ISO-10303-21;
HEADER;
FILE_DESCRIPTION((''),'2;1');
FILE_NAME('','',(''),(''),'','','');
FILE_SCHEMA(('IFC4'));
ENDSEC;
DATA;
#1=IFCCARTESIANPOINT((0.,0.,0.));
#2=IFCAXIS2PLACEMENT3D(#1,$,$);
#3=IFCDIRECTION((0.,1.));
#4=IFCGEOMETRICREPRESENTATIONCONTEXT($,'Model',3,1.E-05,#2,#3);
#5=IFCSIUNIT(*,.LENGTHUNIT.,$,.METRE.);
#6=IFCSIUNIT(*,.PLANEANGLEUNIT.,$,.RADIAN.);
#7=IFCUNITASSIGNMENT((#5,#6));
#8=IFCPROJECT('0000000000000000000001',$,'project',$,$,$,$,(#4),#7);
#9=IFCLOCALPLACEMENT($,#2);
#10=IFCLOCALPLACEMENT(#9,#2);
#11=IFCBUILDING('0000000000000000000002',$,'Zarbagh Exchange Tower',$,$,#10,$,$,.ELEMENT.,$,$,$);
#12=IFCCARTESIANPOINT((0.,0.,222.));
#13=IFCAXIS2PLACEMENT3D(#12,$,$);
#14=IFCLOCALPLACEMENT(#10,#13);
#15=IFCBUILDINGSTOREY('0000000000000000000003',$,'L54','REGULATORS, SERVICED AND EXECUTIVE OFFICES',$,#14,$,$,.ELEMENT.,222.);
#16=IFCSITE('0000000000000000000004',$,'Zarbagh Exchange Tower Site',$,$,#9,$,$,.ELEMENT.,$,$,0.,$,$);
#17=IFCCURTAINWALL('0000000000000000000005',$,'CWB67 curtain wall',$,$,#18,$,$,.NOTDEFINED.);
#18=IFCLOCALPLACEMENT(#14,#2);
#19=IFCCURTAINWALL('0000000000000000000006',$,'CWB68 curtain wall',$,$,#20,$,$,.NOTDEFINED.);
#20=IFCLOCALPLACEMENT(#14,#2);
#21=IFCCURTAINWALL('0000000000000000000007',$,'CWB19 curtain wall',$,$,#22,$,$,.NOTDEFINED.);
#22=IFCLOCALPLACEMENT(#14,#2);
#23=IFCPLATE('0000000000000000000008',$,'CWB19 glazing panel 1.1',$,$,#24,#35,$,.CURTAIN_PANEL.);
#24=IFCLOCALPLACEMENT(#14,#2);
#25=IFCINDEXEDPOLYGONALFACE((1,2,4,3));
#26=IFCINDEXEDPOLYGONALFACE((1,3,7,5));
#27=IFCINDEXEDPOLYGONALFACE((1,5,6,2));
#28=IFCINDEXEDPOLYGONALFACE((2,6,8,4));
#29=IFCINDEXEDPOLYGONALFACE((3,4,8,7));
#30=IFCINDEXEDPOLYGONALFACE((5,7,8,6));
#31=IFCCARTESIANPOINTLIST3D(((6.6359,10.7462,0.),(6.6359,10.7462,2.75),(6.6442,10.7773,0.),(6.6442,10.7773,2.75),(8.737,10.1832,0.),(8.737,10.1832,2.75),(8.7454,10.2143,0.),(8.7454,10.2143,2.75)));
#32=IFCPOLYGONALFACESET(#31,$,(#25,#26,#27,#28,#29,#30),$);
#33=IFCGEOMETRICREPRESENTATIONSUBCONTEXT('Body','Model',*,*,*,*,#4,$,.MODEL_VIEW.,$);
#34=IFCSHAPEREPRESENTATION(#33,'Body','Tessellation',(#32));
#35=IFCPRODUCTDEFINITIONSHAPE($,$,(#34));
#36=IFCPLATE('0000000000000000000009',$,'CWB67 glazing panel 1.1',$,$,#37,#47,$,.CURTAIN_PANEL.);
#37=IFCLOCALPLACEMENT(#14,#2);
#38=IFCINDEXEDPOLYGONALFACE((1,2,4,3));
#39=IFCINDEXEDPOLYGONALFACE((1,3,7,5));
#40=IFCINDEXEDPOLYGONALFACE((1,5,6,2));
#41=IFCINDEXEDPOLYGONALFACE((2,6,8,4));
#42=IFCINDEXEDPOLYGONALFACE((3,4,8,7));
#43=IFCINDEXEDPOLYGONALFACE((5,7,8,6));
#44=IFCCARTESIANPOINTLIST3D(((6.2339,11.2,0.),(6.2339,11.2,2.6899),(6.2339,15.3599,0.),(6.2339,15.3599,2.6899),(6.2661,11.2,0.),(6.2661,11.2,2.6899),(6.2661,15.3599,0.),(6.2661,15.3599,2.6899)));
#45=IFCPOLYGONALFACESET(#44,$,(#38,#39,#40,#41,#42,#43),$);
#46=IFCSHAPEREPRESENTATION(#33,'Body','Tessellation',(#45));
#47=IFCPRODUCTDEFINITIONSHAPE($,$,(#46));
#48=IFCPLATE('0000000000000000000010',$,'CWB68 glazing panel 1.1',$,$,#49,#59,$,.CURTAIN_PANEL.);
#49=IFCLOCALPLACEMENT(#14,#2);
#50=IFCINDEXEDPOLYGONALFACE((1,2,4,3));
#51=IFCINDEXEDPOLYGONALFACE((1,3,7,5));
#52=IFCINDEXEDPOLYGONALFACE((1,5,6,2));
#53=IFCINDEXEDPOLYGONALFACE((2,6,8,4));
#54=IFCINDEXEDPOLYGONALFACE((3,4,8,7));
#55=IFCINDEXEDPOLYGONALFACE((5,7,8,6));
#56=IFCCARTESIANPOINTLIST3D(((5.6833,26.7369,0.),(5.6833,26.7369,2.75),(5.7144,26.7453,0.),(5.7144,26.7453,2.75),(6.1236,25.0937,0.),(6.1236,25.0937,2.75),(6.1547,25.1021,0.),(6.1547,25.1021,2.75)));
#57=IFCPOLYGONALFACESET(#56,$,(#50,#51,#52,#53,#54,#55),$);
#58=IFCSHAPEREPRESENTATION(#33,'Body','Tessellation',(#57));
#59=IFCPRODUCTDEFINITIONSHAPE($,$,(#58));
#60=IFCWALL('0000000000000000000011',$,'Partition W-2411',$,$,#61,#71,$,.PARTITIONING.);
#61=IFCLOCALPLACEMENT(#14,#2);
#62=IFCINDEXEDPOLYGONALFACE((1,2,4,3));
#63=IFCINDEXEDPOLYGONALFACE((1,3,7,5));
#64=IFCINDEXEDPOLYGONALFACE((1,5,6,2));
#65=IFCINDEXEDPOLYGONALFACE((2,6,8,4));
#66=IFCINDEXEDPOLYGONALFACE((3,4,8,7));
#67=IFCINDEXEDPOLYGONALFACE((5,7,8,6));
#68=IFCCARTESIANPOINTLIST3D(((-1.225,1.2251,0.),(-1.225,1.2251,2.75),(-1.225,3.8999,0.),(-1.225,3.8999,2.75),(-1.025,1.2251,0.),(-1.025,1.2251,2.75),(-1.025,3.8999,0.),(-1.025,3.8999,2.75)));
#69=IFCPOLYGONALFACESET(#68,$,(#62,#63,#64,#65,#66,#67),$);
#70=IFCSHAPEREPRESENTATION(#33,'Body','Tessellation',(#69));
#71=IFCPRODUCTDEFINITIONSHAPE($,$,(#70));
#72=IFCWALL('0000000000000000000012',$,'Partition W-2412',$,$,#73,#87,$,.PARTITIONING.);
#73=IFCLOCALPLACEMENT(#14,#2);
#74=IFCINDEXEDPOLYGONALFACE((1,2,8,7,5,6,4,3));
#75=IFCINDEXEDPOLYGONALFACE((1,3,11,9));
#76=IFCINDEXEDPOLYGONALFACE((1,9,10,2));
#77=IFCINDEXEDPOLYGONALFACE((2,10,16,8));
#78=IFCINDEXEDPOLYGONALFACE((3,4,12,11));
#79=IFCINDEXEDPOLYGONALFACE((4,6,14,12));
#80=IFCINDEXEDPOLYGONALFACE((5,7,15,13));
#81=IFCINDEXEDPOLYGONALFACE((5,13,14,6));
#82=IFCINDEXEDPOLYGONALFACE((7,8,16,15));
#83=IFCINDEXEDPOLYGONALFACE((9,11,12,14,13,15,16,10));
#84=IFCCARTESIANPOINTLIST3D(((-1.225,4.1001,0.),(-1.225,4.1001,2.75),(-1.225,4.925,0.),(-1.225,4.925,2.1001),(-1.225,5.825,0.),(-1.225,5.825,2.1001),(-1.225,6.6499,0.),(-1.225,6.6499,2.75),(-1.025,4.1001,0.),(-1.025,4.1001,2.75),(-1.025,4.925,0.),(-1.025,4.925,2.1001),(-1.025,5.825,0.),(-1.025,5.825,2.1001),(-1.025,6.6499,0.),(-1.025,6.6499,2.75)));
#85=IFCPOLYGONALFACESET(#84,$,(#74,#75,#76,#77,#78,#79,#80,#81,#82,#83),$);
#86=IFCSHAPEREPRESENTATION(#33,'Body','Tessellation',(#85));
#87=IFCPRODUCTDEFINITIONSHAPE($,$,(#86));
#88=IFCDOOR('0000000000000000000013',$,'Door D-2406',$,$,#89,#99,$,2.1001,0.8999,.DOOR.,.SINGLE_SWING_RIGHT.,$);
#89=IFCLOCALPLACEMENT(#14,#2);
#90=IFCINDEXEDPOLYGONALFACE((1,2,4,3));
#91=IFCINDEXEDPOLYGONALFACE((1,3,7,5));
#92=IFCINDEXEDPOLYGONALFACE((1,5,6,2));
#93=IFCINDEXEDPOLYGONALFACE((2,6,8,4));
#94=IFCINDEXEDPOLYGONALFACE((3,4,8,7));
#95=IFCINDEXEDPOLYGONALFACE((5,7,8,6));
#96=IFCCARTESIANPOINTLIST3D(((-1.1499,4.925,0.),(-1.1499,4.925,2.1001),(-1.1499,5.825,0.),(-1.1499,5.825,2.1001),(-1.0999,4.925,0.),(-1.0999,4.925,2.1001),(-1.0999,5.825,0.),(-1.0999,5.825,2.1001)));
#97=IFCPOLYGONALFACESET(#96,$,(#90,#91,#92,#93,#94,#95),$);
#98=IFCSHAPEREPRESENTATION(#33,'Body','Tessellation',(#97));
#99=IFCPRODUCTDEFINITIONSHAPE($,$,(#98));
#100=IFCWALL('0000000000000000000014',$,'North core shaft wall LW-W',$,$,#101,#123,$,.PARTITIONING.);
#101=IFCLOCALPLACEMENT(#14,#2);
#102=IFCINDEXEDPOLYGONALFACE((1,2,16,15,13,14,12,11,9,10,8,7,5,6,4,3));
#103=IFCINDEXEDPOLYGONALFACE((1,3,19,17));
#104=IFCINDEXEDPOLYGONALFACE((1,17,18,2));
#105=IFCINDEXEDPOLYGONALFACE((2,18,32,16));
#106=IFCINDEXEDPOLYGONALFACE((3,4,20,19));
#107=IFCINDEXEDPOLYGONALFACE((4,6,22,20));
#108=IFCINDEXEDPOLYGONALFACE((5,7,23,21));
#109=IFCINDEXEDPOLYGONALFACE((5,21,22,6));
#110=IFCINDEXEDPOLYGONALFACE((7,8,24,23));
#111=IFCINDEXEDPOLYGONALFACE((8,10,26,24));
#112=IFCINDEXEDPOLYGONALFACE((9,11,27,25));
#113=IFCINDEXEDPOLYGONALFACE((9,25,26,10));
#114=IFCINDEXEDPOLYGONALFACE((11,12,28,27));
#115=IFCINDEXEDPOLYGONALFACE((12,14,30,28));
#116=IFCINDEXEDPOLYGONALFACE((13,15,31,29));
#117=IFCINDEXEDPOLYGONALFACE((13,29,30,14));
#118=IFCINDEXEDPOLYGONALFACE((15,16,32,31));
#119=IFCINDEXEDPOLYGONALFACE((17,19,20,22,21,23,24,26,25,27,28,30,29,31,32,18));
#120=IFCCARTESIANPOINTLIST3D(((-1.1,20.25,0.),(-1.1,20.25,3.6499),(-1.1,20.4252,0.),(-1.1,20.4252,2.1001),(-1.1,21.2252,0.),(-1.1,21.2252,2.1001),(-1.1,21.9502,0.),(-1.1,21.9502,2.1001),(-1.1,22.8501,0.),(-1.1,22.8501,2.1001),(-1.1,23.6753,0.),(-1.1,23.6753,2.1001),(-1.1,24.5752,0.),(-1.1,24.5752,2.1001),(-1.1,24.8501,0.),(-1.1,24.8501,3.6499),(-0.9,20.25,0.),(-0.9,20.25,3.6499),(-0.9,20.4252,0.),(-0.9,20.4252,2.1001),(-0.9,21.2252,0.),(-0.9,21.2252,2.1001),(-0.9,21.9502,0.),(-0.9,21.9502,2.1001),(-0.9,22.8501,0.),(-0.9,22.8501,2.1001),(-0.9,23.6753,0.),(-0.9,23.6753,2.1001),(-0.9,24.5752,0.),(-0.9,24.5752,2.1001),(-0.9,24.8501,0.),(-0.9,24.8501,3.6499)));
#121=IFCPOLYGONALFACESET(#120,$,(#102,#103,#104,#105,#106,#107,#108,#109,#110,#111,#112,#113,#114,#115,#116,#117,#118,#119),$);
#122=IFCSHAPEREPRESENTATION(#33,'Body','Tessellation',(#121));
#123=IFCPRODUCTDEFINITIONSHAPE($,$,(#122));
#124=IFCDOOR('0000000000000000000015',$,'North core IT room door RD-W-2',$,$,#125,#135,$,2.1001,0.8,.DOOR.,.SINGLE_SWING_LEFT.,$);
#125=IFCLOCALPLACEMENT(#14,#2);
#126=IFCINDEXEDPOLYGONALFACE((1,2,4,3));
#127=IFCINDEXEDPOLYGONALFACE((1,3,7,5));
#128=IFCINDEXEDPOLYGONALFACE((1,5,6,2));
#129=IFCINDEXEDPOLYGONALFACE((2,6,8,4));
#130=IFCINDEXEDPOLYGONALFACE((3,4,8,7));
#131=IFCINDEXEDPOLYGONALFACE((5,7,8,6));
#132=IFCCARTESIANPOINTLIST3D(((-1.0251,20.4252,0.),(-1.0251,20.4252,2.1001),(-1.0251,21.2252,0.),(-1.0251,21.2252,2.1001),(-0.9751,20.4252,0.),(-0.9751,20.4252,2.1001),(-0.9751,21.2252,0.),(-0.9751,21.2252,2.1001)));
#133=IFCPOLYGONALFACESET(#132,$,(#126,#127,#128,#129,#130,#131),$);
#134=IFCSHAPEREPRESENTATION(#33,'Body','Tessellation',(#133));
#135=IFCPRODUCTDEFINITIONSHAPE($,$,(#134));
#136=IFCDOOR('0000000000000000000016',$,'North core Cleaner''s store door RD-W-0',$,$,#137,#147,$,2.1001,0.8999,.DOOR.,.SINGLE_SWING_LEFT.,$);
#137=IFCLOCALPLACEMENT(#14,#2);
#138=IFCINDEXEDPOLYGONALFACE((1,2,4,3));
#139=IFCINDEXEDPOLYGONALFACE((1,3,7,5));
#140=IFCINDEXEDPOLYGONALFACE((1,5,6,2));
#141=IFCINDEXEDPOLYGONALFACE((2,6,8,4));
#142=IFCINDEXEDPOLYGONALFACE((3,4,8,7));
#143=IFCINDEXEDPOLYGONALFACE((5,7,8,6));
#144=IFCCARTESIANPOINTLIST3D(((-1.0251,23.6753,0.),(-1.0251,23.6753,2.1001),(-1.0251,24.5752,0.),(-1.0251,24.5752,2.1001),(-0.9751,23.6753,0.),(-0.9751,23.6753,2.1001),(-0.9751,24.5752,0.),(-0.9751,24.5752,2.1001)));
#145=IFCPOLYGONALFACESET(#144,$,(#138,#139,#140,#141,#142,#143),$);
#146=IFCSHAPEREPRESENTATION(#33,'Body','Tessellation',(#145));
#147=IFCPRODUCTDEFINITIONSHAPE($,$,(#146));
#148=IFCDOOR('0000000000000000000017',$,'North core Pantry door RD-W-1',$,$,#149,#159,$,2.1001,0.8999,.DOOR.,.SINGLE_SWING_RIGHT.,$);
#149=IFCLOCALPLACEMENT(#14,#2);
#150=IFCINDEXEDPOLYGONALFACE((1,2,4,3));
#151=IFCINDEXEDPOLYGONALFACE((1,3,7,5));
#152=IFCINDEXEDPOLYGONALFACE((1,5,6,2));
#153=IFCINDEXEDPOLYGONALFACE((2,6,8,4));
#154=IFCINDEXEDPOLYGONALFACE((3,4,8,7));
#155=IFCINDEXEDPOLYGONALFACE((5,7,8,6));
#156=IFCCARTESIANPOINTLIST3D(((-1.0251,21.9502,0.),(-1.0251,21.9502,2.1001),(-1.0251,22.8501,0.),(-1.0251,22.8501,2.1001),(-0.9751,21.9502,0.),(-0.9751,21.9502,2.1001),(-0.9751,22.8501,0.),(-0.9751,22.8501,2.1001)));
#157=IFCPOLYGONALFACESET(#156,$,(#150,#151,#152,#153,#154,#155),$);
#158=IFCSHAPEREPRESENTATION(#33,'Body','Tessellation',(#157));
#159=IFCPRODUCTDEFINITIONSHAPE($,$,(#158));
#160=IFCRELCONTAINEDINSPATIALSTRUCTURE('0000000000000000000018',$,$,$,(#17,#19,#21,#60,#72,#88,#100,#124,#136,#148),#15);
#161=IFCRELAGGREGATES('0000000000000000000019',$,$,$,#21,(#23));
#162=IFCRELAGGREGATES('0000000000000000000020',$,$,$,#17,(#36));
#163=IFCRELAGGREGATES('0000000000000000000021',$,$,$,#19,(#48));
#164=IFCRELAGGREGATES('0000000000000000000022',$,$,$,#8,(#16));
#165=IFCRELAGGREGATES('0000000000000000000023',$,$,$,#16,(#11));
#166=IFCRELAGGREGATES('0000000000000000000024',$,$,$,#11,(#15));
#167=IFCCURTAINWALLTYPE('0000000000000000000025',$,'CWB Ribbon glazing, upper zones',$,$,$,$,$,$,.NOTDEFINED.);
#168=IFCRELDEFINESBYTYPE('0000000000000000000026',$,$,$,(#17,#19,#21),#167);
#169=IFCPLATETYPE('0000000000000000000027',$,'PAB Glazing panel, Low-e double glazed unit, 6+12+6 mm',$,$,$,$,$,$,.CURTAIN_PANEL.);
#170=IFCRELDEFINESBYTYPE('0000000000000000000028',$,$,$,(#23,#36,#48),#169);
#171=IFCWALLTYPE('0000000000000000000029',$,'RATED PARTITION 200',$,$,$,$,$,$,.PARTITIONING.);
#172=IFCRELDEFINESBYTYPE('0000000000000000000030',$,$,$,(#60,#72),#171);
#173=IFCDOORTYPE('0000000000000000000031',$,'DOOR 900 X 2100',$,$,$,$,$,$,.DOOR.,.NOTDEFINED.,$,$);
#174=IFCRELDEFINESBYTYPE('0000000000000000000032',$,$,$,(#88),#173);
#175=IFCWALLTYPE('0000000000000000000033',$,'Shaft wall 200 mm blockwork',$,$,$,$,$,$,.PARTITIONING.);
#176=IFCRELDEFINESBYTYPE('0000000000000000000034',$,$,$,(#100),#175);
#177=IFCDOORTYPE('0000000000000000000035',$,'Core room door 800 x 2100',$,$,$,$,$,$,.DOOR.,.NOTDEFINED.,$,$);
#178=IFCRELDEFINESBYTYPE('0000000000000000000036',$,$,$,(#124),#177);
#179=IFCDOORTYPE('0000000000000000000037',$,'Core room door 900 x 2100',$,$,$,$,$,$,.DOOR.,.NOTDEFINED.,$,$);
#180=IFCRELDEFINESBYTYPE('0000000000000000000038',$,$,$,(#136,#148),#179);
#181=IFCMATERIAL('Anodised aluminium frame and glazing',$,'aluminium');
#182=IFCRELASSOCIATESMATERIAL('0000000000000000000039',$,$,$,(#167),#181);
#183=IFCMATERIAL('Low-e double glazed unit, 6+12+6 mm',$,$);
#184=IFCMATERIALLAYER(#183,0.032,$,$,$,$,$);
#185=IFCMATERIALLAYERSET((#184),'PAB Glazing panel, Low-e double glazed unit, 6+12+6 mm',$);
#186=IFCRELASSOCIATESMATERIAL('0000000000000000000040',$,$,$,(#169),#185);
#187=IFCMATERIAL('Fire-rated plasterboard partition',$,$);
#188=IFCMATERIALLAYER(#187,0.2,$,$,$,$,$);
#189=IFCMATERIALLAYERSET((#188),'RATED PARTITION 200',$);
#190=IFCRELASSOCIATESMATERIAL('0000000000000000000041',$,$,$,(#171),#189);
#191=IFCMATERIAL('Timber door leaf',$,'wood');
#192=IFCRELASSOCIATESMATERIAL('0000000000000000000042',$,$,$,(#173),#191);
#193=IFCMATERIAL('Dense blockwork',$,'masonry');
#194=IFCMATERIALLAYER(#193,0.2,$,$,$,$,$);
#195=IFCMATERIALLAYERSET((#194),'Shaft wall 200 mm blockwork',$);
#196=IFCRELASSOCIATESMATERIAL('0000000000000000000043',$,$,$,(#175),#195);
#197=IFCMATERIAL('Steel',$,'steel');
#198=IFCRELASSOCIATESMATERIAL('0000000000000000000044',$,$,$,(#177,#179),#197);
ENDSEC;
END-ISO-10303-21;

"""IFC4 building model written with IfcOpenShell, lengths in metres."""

from ifc_helpers import new_model, si_unit, direction, frame, frame_2d, origin, place, context, subcontext, project, spatial, polyline, rectangle, outline, extrude, source, transform, mapped, material, layer, layer_set, type_object, element, fill, aggregate, save


model = new_model("IFC4")

# Units and contexts
model_context = context("Model", 3, precision=1e-05, world=origin(), true_north=direction((0.0, 1.0)))
body_context = subcontext(model_context, "Body", "Model", "MODEL_VIEW")
ifc_project = project(units=[si_unit("LENGTHUNIT", "METRE"), si_unit("PLANEANGLEUNIT", "RADIAN")], contexts=[model_context])

# Site, building, storey
site_placement = place(None, origin())
site = spatial("IfcSite", under=ifc_project, at=site_placement, Name="Zarbagh Exchange Tower Site", CompositionType="ELEMENT", RefElevation=0.0)
building_placement = place(site_placement, origin())
building = spatial("IfcBuilding", under=site, at=building_placement, Name="Zarbagh Exchange Tower", CompositionType="ELEMENT")
storey_placement = place(building_placement, frame((0.0, 0.0, 222.0)))
storey = spatial("IfcBuildingStorey", under=building, at=storey_placement, Name="L54", Description="REGULATORS, SERVICED AND EXECUTIVE OFFICES", CompositionType="ELEMENT", Elevation=222.0)

# Shared definitions
ifc_material_1 = material(Name="Anodised aluminium frame and glazing", Category="aluminium")
curtain_wall_type = type_object("IfcCurtainWallType", Name="CWB Ribbon glazing, upper zones", PredefinedType="NOTDEFINED", material=ifc_material_1)
placement = place(storey_placement, origin())

# Curtain wall
curtain_wall_1_placement = place(storey_placement, origin())
curtain_wall_1 = element("IfcCurtainWall", 1, at=curtain_wall_1_placement, inside=storey, type_object=curtain_wall_type, Name="CWB67 curtain wall", PredefinedType="NOTDEFINED")

# Curtain wall
curtain_wall_2_placement = place(storey_placement, origin())
curtain_wall_2 = element("IfcCurtainWall", 2, at=curtain_wall_2_placement, inside=storey, type_object=curtain_wall_type, Name="CWB68 curtain wall", PredefinedType="NOTDEFINED")

# Shared definitions
ifc_material_2 = material(Name="Low-e double glazed unit, 6+12+6 mm")
ifc_layer_1 = layer(ifc_material_2, 0.032)
ifc_layer_set_1 = layer_set([ifc_layer_1], Name="PAB Glazing panel, Low-e double glazed unit, 6+12+6 mm")
plate_type = type_object("IfcPlateType", Name="PAB Glazing panel, Low-e double glazed unit, 6+12+6 mm", PredefinedType="CURTAIN_PANEL", material=ifc_layer_set_1)

# Curtain wall, plate
curtain_wall_3_placement = place(storey_placement, origin())
curtain_wall_3 = element("IfcCurtainWall", 3, at=curtain_wall_3_placement, inside=storey, type_object=curtain_wall_type, Name="CWB19 curtain wall", PredefinedType="NOTDEFINED")
shared_shape_1 = source(origin(), body_context, "Body", "SweptSolid", [
    extrude(outline(polyline([(0.0, -0.0161), (2.1753, -0.0161), (2.1753, 0.0161), (0.0, 0.0161), (0.0, -0.0161)])), origin(), (0.0, 0.0, 1.0), 2.75),
])
plate_1 = element("IfcPlate", 4, at=placement, type_object=plate_type, Name="CWB19 glazing panel 1.1", PredefinedType="CURTAIN_PANEL", context=body_context, shape_type="MappedRepresentation", body=[
    mapped(shared_shape_1, transform((8.7412, 10.1987, 0.0), x_axis=(-0.965924, 0.258825, 0.0), y_axis=(-0.258825, -0.965924, 0.0), z_axis=(0.0, 0.0, 1.0))),
])
aggregate(curtain_wall_3, [plate_1])

# Plates
shared_shape_2 = source(origin(), body_context, "Body", "SweptSolid", [
    extrude(outline(polyline([(0.0, -0.0161), (4.1599, -0.0161), (4.1599, 0.0161), (0.0, 0.0161), (0.0, -0.0161)])), origin(), (0.0, 0.0, 1.0), 2.6899),
])
plate_2 = element("IfcPlate", 5, at=placement, type_object=plate_type, Name="CWB67 glazing panel 1.1", PredefinedType="CURTAIN_PANEL", context=body_context, shape_type="MappedRepresentation", body=[
    mapped(shared_shape_2, transform((6.25, 11.2, 0.0), x_axis=(0.0, 1.0, 0.0), y_axis=(-1.0, 0.0, 0.0), z_axis=(0.0, 0.0, 1.0))),
])
aggregate(curtain_wall_1, [plate_2])
shared_shape_3 = source(origin(), body_context, "Body", "SweptSolid", [
    extrude(outline(polyline([(0.0, -0.0161), (1.7012, -0.0161), (1.7012, 0.0161), (0.0, 0.0161), (0.0, -0.0161)])), origin(), (0.0, 0.0, 1.0), 2.75),
])
plate_3 = element("IfcPlate", 6, at=placement, type_object=plate_type, Name="CWB68 glazing panel 1.1", PredefinedType="CURTAIN_PANEL", context=body_context, shape_type="MappedRepresentation", body=[
    mapped(shared_shape_3, transform((6.1392, 25.0979, 0.0), x_axis=(-0.258825, 0.965924, 0.0), y_axis=(-0.965924, -0.258825, 0.0), z_axis=(0.0, 0.0, 1.0))),
])
aggregate(curtain_wall_2, [plate_3])

# Wall
ifc_material_3 = material(Name="Fire-rated plasterboard partition")
ifc_layer_2 = layer(ifc_material_3, 0.2)
ifc_layer_set_2 = layer_set([ifc_layer_2], Name="RATED PARTITION 200")
wall_type_1 = type_object("IfcWallType", Name="RATED PARTITION 200", PredefinedType="PARTITIONING", material=ifc_layer_set_2)
wall_1_placement = place(storey_placement, frame((-1.125, 1.2251, 0.0), z_axis=(0.0, 0.0, 1.0), x_axis=(0.0, 1.0, 0.0)))
element("IfcWall", 7, at=wall_1_placement, inside=storey, type_object=wall_type_1, Name="Partition W-2411", PredefinedType="PARTITIONING", context=body_context, shape_type="SweptSolid", body=[
    extrude(rectangle(XDim=2.6748, YDim=0.2, at=frame_2d((1.3374, 0.0))), origin(), (0.0, 0.0, 1.0), 2.75),
])

# Wall, opening, door
wall_2_placement = place(storey_placement, frame((-1.125, 4.1001, 0.0), z_axis=(0.0, 0.0, 1.0), x_axis=(0.0, 1.0, 0.0)))
wall_2 = element("IfcWall", 8, at=wall_2_placement, inside=storey, type_object=wall_type_1, Name="Partition W-2412", PredefinedType="PARTITIONING", context=body_context, shape_type="SweptSolid", body=[
    extrude(rectangle(XDim=2.5498, YDim=0.2, at=frame_2d((1.2749, 0.0))), origin(), (0.0, 0.0, 1.0), 2.75),
])
opening_1_placement = place(wall_2_placement, frame((0.825, 0.0, 0.0)))
opening_1 = element("IfcOpeningElement", 9, at=opening_1_placement, cuts=wall_2, PredefinedType="OPENING", context=body_context, shape_type="SweptSolid", body=[
    extrude(rectangle(XDim=0.8999, YDim=2.1001, at=frame_2d((0.45, 1.05))), frame((0.0, 0.1099, 0.0), z_axis=(0.0, -1.0, 0.0), x_axis=(1.0, 0.0, 0.0)), (0.0, 0.0, 1.0), 0.22),
])
ifc_material_4 = material(Name="Timber door leaf", Category="wood")
door_type_1 = type_object("IfcDoorType", Name="DOOR 900 X 2100", OperationType="NOTDEFINED", PredefinedType="DOOR", material=ifc_material_4)
door_1_placement = place(opening_1_placement, origin())
door_1 = element("IfcDoor", 10, at=door_1_placement, inside=storey, type_object=door_type_1, Name="Door D-2406", OperationType="SINGLE_SWING_RIGHT", OverallHeight=2.1001, OverallWidth=0.8999, PredefinedType="DOOR", context=body_context, shape_type="SweptSolid", body=[
    extrude(rectangle(XDim=0.8999, YDim=2.1001, at=frame_2d((0.45, 1.05))), frame((0.0, 0.0249, 0.0), z_axis=(0.0, -1.0, 0.0), x_axis=(1.0, 0.0, 0.0)), (0.0, 0.0, 1.0), 0.05),
])
fill(opening_1, door_1)

# Wall, openings, doors
ifc_material_5 = material(Name="Dense blockwork", Category="masonry")
ifc_layer_3 = layer(ifc_material_5, 0.2)
ifc_layer_set_3 = layer_set([ifc_layer_3], Name="Shaft wall 200 mm blockwork")
wall_type_2 = type_object("IfcWallType", Name="Shaft wall 200 mm blockwork", PredefinedType="PARTITIONING", material=ifc_layer_set_3)
wall_3_placement = place(storey_placement, frame((-1.0, 24.8501, 0.0), z_axis=(0.0, 0.0, 1.0), x_axis=(0.0, -1.0, 0.0)))
wall_3 = element("IfcWall", 11, at=wall_3_placement, inside=storey, type_object=wall_type_2, Name="North core shaft wall LW-W", PredefinedType="PARTITIONING", context=body_context, shape_type="SweptSolid", body=[
    extrude(rectangle(XDim=4.6001, YDim=0.2, at=frame_2d((2.3, 0.0))), origin(), (0.0, 0.0, 1.0), 3.6499),
])
opening_2_placement = place(wall_3_placement, frame((0.2749, 0.0, 0.0)))
opening_2 = element("IfcOpeningElement", 12, at=opening_2_placement, cuts=wall_3, PredefinedType="OPENING", context=body_context, shape_type="SweptSolid", body=[
    extrude(rectangle(XDim=0.8999, YDim=2.1001, at=frame_2d((0.45, 1.05))), frame((0.0, 0.1099, 0.0), z_axis=(0.0, -1.0, 0.0), x_axis=(1.0, 0.0, 0.0)), (0.0, 0.0, 1.0), 0.22),
])
opening_3_placement = place(wall_3_placement, frame((2.0, 0.0, 0.0)))
opening_3 = element("IfcOpeningElement", 13, at=opening_3_placement, cuts=wall_3, PredefinedType="OPENING", context=body_context, shape_type="SweptSolid", body=[
    extrude(rectangle(XDim=0.8999, YDim=2.1001, at=frame_2d((0.45, 1.05))), frame((0.0, 0.1099, 0.0), z_axis=(0.0, -1.0, 0.0), x_axis=(1.0, 0.0, 0.0)), (0.0, 0.0, 1.0), 0.22),
])
opening_4_placement = place(wall_3_placement, frame((3.625, 0.0, 0.0)))
opening_4 = element("IfcOpeningElement", 14, at=opening_4_placement, cuts=wall_3, PredefinedType="OPENING", context=body_context, shape_type="SweptSolid", body=[
    extrude(rectangle(XDim=0.8, YDim=2.1001, at=frame_2d((0.3999, 1.05))), frame((0.0, 0.1099, 0.0), z_axis=(0.0, -1.0, 0.0), x_axis=(1.0, 0.0, 0.0)), (0.0, 0.0, 1.0), 0.22),
])
ifc_material_6 = material(Name="Steel", Category="steel")
door_type_2 = type_object("IfcDoorType", Name="Core room door 800 x 2100", OperationType="NOTDEFINED", PredefinedType="DOOR", material=ifc_material_6)
door_2_placement = place(opening_4_placement, origin())
door_2 = element("IfcDoor", 15, at=door_2_placement, inside=storey, type_object=door_type_2, Name="North core IT room door RD-W-2", OperationType="SINGLE_SWING_LEFT", OverallHeight=2.1001, OverallWidth=0.8, PredefinedType="DOOR", context=body_context, shape_type="SweptSolid", body=[
    extrude(rectangle(XDim=0.8, YDim=2.1001, at=frame_2d((0.3999, 1.05))), frame((0.0, 0.0249, 0.0), z_axis=(0.0, -1.0, 0.0), x_axis=(1.0, 0.0, 0.0)), (0.0, 0.0, 1.0), 0.05),
])
fill(opening_4, door_2)
door_type_3 = type_object("IfcDoorType", Name="Core room door 900 x 2100", OperationType="NOTDEFINED", PredefinedType="DOOR", material=ifc_material_6)
door_3_placement = place(opening_2_placement, origin())
door_3 = element("IfcDoor", 16, at=door_3_placement, inside=storey, type_object=door_type_3, Name="North core Cleaner's store door RD-W-0", OperationType="SINGLE_SWING_LEFT", OverallHeight=2.1001, OverallWidth=0.8999, PredefinedType="DOOR", context=body_context, shape_type="SweptSolid", body=[
    extrude(rectangle(XDim=0.8999, YDim=2.1001, at=frame_2d((0.45, 1.05))), frame((0.0, 0.0249, 0.0), z_axis=(0.0, -1.0, 0.0), x_axis=(1.0, 0.0, 0.0)), (0.0, 0.0, 1.0), 0.05),
])
fill(opening_2, door_3)
door_4_placement = place(opening_3_placement, origin())
door_4 = element("IfcDoor", 17, at=door_4_placement, inside=storey, type_object=door_type_3, Name="North core Pantry door RD-W-1", OperationType="SINGLE_SWING_RIGHT", OverallHeight=2.1001, OverallWidth=0.8999, PredefinedType="DOOR", context=body_context, shape_type="SweptSolid", body=[
    extrude(rectangle(XDim=0.8999, YDim=2.1001, at=frame_2d((0.45, 1.05))), frame((0.0, 0.0249, 0.0), z_axis=(0.0, -1.0, 0.0), x_axis=(1.0, 0.0, 0.0)), (0.0, 0.0, 1.0), 0.05),
])
fill(opening_3, door_4)

save(model, "model.ifc")
